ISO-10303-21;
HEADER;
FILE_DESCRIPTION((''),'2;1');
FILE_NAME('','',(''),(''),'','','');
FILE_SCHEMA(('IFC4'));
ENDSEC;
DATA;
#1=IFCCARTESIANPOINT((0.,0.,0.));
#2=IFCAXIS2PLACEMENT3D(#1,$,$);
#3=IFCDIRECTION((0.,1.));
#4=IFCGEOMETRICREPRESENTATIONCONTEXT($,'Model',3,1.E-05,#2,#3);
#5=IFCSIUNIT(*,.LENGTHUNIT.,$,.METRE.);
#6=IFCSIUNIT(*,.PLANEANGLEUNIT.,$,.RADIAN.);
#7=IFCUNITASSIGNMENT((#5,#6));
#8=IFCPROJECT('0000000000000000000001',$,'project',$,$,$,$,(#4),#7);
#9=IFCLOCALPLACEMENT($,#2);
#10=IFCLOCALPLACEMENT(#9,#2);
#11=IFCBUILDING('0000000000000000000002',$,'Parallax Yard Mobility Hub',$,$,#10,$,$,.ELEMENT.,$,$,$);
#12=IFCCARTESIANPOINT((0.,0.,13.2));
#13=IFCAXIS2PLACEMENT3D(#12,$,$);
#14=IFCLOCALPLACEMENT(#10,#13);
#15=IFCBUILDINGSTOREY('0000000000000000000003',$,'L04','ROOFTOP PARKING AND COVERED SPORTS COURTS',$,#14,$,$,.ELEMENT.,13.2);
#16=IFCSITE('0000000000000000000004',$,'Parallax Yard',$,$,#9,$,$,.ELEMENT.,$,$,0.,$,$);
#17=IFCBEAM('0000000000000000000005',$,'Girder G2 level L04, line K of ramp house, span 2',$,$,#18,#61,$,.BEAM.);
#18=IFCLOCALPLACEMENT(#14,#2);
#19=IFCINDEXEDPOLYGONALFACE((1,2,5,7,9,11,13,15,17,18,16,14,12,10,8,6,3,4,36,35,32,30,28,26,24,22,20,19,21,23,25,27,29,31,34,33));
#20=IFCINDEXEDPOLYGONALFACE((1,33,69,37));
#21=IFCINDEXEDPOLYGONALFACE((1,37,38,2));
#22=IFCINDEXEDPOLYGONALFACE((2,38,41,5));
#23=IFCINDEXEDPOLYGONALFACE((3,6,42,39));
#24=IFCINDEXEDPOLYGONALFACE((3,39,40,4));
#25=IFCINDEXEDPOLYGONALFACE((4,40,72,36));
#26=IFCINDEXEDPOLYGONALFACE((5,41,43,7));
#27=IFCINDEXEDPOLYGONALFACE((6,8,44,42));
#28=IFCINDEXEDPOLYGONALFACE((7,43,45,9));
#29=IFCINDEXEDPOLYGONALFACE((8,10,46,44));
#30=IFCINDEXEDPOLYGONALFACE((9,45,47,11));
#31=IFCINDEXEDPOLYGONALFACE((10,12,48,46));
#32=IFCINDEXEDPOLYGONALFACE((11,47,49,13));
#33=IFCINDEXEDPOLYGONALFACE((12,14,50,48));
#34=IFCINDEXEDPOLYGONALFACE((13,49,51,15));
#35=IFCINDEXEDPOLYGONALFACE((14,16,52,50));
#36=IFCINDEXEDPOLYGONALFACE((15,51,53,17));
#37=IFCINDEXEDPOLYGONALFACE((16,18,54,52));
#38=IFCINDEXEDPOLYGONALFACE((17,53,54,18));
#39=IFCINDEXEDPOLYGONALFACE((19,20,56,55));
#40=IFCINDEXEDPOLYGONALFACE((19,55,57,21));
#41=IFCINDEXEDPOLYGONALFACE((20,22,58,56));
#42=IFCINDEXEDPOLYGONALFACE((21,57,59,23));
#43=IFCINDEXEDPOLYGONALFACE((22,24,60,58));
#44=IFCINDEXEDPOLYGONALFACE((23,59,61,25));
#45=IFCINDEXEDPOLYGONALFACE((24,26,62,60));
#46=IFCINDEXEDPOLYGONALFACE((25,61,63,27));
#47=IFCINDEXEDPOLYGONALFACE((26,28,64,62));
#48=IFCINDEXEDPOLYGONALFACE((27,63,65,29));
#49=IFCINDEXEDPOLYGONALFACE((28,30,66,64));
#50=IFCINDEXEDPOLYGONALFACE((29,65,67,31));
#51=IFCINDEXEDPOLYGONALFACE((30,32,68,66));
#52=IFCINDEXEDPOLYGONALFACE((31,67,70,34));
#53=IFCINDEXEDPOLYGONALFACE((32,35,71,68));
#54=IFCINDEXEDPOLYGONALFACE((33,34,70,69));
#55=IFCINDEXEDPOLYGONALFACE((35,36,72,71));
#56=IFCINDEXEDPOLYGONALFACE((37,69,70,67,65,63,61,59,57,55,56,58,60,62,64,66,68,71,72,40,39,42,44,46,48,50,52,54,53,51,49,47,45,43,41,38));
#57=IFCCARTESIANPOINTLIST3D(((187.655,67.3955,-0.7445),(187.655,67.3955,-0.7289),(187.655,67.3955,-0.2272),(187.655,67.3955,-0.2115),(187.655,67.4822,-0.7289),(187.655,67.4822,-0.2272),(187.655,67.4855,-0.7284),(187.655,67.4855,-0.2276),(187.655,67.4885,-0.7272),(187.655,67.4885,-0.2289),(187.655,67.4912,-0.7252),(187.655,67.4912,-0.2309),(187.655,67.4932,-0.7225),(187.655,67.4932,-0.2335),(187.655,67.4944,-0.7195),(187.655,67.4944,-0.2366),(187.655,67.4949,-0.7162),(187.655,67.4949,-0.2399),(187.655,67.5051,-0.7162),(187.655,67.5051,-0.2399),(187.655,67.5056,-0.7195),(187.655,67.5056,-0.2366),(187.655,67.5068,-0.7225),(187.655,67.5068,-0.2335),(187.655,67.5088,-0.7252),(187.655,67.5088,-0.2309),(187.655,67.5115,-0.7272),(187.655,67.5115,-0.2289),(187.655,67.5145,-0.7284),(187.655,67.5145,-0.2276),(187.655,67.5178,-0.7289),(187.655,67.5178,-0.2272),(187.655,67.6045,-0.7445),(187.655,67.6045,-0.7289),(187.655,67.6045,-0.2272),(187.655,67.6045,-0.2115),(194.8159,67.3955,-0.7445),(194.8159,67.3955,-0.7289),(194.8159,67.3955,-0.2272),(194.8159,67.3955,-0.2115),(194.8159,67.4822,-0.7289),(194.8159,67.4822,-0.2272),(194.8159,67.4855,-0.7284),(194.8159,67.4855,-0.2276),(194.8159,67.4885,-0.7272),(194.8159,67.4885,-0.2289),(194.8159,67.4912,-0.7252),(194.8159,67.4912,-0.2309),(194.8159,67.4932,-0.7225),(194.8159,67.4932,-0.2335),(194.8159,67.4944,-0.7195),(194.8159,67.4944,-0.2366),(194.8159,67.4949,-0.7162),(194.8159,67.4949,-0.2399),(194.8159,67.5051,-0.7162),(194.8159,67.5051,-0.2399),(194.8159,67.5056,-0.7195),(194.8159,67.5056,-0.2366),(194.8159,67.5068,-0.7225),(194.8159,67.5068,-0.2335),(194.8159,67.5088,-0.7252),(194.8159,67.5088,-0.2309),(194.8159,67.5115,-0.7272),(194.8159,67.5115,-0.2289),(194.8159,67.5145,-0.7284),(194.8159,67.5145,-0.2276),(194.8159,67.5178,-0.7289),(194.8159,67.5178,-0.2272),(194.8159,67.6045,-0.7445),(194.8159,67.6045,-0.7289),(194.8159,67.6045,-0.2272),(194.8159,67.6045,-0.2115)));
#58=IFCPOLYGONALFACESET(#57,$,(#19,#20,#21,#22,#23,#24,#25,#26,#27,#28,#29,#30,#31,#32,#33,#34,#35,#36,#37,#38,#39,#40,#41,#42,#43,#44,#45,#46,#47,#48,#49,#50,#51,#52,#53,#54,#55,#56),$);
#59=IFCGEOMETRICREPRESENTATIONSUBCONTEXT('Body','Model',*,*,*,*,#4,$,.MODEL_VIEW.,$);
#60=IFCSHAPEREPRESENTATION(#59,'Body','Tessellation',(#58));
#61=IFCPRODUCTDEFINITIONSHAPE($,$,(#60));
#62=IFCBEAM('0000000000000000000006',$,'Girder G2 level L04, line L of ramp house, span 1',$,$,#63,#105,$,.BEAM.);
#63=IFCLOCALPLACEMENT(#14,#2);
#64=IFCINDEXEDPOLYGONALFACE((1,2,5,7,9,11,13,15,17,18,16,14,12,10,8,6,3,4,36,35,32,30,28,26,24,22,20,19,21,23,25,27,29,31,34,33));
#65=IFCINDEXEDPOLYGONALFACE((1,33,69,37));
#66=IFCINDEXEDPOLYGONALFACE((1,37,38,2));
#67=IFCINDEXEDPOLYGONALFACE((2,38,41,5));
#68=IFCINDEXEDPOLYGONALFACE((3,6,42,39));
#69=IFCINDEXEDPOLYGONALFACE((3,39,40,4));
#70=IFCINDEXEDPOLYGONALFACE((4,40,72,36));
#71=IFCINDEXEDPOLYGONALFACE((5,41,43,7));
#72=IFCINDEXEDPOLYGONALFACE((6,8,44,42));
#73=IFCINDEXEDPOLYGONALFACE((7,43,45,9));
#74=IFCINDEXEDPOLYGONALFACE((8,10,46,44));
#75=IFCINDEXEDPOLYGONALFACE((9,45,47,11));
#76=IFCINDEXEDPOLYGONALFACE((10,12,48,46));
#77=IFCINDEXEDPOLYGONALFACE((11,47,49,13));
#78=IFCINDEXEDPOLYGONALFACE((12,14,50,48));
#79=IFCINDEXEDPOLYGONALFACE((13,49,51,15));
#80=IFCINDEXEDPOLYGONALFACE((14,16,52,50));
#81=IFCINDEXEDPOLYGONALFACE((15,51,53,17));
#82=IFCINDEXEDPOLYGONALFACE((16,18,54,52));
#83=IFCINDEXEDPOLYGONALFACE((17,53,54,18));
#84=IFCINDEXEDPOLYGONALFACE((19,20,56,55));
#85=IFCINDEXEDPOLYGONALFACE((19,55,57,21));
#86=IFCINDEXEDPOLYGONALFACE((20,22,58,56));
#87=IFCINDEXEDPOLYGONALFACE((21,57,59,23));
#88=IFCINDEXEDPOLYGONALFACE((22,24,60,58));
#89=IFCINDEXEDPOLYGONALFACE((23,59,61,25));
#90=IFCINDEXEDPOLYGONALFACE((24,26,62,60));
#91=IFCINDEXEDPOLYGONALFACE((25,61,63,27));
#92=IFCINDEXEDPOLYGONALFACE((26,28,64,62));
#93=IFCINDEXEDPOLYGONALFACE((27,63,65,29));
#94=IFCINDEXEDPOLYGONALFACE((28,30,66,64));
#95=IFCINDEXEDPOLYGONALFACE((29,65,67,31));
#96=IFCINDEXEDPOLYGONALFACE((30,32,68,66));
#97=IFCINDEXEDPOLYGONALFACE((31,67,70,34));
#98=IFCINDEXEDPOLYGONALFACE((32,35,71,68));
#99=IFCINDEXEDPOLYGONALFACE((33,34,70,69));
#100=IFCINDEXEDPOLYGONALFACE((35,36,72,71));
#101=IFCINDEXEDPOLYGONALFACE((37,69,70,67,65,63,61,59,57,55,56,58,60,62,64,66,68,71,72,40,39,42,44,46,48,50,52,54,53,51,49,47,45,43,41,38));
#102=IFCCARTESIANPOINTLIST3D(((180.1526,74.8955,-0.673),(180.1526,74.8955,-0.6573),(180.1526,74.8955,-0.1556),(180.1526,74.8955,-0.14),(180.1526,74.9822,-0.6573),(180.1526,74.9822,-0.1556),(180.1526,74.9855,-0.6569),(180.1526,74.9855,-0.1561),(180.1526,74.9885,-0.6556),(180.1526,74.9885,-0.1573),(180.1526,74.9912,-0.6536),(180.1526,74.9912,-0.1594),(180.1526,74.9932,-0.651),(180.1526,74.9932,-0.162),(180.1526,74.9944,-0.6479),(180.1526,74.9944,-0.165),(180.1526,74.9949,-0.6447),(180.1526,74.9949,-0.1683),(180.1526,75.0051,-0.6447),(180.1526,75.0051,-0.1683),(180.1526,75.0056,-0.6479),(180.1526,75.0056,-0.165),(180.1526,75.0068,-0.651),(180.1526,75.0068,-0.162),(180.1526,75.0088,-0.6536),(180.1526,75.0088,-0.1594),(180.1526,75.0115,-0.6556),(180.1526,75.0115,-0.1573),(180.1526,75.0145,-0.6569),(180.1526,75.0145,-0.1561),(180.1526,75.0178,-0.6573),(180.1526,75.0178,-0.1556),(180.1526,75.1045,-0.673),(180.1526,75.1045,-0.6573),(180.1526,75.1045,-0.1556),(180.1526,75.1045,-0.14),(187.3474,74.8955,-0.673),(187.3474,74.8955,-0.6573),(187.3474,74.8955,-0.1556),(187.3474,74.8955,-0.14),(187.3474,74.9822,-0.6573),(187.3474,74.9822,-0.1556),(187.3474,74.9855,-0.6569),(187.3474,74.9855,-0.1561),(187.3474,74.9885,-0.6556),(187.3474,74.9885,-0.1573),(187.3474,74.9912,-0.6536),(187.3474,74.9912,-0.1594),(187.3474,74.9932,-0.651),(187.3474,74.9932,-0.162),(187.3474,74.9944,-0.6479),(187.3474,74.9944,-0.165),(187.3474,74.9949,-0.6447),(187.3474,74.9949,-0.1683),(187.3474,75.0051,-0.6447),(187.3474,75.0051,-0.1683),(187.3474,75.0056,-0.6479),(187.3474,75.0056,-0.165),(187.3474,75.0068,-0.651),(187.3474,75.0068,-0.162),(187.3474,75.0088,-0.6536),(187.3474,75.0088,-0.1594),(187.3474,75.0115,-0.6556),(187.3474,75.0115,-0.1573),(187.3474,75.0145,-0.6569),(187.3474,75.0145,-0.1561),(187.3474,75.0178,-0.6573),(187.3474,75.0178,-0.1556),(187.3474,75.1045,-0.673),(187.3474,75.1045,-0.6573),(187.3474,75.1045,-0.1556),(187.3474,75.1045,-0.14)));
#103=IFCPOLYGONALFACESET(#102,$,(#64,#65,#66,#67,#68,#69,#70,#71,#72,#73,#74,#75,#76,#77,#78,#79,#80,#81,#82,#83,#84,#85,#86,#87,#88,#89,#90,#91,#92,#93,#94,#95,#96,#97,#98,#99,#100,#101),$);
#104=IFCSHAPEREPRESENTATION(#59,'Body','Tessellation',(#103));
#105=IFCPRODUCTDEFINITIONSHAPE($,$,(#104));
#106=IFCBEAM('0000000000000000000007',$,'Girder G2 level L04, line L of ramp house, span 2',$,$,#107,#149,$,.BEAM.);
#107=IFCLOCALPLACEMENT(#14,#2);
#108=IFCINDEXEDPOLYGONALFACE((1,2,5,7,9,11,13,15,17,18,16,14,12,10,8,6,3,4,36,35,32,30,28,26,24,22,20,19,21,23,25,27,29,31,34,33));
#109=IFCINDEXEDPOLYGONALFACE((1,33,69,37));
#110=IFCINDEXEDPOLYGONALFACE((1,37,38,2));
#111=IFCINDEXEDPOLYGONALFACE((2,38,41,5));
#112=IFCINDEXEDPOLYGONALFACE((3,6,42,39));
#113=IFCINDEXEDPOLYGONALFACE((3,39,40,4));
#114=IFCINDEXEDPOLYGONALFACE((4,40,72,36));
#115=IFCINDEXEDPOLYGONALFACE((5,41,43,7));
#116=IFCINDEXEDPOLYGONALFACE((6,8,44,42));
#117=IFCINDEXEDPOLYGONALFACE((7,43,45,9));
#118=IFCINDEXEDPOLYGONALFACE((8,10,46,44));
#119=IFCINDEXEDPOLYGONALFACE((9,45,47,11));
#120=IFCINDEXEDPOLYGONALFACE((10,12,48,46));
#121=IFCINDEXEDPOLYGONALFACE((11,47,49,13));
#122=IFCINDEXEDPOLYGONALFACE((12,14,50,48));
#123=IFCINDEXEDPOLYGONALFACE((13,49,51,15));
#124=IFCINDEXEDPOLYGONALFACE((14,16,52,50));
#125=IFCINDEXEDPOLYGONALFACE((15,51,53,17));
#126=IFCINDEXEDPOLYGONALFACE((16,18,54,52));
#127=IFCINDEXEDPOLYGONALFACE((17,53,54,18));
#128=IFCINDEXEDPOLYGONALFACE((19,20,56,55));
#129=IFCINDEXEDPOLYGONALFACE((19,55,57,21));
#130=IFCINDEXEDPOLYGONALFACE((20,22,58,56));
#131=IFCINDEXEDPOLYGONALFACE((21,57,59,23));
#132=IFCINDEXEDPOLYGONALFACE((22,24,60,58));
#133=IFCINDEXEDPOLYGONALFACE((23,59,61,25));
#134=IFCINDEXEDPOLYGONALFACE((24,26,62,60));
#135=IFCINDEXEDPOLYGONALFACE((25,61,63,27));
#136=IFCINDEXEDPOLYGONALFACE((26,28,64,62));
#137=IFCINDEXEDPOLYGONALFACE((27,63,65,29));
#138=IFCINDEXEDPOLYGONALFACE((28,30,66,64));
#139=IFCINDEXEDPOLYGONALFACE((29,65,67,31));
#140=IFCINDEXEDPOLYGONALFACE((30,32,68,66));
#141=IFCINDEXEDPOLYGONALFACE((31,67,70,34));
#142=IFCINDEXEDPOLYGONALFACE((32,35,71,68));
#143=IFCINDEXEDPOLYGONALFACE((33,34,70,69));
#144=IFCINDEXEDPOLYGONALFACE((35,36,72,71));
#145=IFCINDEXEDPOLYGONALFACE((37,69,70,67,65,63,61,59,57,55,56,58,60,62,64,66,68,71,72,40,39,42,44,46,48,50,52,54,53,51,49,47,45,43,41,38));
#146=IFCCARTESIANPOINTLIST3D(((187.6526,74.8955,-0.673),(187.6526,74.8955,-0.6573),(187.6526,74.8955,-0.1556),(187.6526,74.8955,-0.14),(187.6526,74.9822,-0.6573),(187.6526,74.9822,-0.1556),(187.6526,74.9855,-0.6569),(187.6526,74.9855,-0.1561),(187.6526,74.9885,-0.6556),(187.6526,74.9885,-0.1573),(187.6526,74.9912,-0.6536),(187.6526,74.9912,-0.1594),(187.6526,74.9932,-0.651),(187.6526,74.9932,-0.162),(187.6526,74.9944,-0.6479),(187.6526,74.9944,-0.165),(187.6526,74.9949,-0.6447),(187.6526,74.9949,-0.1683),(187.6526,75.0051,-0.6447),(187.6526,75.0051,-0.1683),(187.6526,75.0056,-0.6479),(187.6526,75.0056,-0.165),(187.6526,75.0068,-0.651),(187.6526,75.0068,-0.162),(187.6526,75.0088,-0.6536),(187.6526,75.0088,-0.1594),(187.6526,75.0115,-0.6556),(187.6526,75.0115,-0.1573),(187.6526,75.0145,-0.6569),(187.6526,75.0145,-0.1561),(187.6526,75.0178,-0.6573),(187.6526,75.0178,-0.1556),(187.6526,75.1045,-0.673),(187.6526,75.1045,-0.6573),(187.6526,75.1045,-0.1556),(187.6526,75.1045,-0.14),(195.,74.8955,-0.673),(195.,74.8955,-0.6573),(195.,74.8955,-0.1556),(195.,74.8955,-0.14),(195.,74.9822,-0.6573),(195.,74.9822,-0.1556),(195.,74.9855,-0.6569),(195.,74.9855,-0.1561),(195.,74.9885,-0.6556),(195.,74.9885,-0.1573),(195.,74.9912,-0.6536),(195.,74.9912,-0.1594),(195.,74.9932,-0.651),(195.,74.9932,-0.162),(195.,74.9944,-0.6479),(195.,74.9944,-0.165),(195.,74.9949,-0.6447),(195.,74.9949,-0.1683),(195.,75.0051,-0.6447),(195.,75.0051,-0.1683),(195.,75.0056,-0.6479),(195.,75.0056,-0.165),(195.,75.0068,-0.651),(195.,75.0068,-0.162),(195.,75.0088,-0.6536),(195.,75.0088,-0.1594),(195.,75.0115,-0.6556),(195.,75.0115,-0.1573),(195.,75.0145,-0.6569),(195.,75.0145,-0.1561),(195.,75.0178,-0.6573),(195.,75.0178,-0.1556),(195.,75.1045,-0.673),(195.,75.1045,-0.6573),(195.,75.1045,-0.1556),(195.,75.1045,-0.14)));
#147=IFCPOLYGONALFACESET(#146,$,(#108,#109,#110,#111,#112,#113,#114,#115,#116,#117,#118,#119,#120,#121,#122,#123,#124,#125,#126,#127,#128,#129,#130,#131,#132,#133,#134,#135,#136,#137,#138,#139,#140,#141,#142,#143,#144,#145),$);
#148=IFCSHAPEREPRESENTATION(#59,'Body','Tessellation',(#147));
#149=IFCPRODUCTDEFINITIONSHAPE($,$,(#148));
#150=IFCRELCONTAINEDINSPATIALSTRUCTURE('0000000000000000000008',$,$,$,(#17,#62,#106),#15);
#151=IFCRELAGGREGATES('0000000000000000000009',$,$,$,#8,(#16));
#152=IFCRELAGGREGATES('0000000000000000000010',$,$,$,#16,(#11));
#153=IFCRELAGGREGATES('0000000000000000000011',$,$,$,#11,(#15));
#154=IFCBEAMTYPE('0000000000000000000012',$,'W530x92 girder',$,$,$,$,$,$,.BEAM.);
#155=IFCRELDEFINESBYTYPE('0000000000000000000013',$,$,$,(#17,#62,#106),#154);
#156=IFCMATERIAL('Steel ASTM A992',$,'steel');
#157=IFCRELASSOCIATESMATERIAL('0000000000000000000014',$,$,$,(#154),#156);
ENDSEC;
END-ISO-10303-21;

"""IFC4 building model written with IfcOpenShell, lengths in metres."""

from ifc_helpers import new_model, si_unit, direction, frame, origin, origin_2d, place, context, subcontext, project, spatial, i_section, extrude, material, material_profile, profile_set, type_object, element, save


model = new_model("IFC4")

# Units and contexts
model_context = context("Model", 3, precision=1e-05, world=origin(), true_north=direction((0.0, 1.0)))
body_context = subcontext(model_context, "Body", "Model", "MODEL_VIEW")
ifc_project = project(units=[si_unit("LENGTHUNIT", "METRE"), si_unit("PLANEANGLEUNIT", "RADIAN")], contexts=[model_context])

# Site, building, storey
site_placement = place(None, origin())
site = spatial("IfcSite", under=ifc_project, at=site_placement, Name="Parallax Yard", CompositionType="ELEMENT", RefElevation=0.0)
building_placement = place(site_placement, origin())
building = spatial("IfcBuilding", under=site, at=building_placement, Name="Parallax Yard Mobility Hub", CompositionType="ELEMENT")
storey_placement = place(building_placement, frame((0.0, 0.0, 13.2)))
storey = spatial("IfcBuildingStorey", under=building, at=storey_placement, Name="L04", Description="ROOFTOP PARKING AND COVERED SPORTS COURTS", CompositionType="ELEMENT", Elevation=13.2)

# Shared definitions
ifc_material_1 = material(Name="Steel ASTM A992", Category="steel")

# Beams
ifc_material_profile_1 = material_profile(ifc_material_1, i_section(OverallWidth=0.209, OverallDepth=0.533, WebThickness=0.0103, FlangeThickness=0.0156, FilletRadius=0.0127, at=origin_2d()), Name="W530x92")
ifc_profile_set_1 = profile_set([ifc_material_profile_1], Name="Steel ASTM A992")
beam_type_1 = type_object("IfcBeamType", Name="W530x92 girder", PredefinedType="BEAM", material=ifc_profile_set_1)
beam_1_placement = place(storey_placement, frame((187.655, 67.5, -0.478), z_axis=(1.0, 0.0, 0.0), x_axis=(0.0, 1.0, 0.0)))
element("IfcBeam", 1, at=beam_1_placement, inside=storey, type_object=beam_type_1, Name="Girder G2 level L04, line K of ramp house, span 2", PredefinedType="BEAM", context=body_context, shape_type="SweptSolid", body=[
    extrude(i_section(OverallWidth=0.209, OverallDepth=0.533, WebThickness=0.0103, FlangeThickness=0.0156, FilletRadius=0.0127, at=origin_2d()), origin(), (0.0, 0.0, 1.0), 7.1609),
])
beam_2_placement = place(storey_placement, frame((180.1526, 75.0, -0.4065), z_axis=(1.0, 0.0, 0.0), x_axis=(0.0, 1.0, 0.0)))
element("IfcBeam", 2, at=beam_2_placement, inside=storey, type_object=beam_type_1, Name="Girder G2 level L04, line L of ramp house, span 1", PredefinedType="BEAM", context=body_context, shape_type="SweptSolid", body=[
    extrude(i_section(OverallWidth=0.209, OverallDepth=0.533, WebThickness=0.0103, FlangeThickness=0.0156, FilletRadius=0.0127, at=origin_2d()), origin(), (0.0, 0.0, 1.0), 7.1948),
])
beam_3_placement = place(storey_placement, frame((187.6526, 75.0, -0.4065), z_axis=(1.0, 0.0, 0.0), x_axis=(0.0, 1.0, 0.0)))
element("IfcBeam", 3, at=beam_3_placement, inside=storey, type_object=beam_type_1, Name="Girder G2 level L04, line L of ramp house, span 2", PredefinedType="BEAM", context=body_context, shape_type="SweptSolid", body=[
    extrude(i_section(OverallWidth=0.209, OverallDepth=0.533, WebThickness=0.0103, FlangeThickness=0.0156, FilletRadius=0.0127, at=origin_2d()), origin(), (0.0, 0.0, 1.0), 7.3474),
])

save(model, "model.ifc")
